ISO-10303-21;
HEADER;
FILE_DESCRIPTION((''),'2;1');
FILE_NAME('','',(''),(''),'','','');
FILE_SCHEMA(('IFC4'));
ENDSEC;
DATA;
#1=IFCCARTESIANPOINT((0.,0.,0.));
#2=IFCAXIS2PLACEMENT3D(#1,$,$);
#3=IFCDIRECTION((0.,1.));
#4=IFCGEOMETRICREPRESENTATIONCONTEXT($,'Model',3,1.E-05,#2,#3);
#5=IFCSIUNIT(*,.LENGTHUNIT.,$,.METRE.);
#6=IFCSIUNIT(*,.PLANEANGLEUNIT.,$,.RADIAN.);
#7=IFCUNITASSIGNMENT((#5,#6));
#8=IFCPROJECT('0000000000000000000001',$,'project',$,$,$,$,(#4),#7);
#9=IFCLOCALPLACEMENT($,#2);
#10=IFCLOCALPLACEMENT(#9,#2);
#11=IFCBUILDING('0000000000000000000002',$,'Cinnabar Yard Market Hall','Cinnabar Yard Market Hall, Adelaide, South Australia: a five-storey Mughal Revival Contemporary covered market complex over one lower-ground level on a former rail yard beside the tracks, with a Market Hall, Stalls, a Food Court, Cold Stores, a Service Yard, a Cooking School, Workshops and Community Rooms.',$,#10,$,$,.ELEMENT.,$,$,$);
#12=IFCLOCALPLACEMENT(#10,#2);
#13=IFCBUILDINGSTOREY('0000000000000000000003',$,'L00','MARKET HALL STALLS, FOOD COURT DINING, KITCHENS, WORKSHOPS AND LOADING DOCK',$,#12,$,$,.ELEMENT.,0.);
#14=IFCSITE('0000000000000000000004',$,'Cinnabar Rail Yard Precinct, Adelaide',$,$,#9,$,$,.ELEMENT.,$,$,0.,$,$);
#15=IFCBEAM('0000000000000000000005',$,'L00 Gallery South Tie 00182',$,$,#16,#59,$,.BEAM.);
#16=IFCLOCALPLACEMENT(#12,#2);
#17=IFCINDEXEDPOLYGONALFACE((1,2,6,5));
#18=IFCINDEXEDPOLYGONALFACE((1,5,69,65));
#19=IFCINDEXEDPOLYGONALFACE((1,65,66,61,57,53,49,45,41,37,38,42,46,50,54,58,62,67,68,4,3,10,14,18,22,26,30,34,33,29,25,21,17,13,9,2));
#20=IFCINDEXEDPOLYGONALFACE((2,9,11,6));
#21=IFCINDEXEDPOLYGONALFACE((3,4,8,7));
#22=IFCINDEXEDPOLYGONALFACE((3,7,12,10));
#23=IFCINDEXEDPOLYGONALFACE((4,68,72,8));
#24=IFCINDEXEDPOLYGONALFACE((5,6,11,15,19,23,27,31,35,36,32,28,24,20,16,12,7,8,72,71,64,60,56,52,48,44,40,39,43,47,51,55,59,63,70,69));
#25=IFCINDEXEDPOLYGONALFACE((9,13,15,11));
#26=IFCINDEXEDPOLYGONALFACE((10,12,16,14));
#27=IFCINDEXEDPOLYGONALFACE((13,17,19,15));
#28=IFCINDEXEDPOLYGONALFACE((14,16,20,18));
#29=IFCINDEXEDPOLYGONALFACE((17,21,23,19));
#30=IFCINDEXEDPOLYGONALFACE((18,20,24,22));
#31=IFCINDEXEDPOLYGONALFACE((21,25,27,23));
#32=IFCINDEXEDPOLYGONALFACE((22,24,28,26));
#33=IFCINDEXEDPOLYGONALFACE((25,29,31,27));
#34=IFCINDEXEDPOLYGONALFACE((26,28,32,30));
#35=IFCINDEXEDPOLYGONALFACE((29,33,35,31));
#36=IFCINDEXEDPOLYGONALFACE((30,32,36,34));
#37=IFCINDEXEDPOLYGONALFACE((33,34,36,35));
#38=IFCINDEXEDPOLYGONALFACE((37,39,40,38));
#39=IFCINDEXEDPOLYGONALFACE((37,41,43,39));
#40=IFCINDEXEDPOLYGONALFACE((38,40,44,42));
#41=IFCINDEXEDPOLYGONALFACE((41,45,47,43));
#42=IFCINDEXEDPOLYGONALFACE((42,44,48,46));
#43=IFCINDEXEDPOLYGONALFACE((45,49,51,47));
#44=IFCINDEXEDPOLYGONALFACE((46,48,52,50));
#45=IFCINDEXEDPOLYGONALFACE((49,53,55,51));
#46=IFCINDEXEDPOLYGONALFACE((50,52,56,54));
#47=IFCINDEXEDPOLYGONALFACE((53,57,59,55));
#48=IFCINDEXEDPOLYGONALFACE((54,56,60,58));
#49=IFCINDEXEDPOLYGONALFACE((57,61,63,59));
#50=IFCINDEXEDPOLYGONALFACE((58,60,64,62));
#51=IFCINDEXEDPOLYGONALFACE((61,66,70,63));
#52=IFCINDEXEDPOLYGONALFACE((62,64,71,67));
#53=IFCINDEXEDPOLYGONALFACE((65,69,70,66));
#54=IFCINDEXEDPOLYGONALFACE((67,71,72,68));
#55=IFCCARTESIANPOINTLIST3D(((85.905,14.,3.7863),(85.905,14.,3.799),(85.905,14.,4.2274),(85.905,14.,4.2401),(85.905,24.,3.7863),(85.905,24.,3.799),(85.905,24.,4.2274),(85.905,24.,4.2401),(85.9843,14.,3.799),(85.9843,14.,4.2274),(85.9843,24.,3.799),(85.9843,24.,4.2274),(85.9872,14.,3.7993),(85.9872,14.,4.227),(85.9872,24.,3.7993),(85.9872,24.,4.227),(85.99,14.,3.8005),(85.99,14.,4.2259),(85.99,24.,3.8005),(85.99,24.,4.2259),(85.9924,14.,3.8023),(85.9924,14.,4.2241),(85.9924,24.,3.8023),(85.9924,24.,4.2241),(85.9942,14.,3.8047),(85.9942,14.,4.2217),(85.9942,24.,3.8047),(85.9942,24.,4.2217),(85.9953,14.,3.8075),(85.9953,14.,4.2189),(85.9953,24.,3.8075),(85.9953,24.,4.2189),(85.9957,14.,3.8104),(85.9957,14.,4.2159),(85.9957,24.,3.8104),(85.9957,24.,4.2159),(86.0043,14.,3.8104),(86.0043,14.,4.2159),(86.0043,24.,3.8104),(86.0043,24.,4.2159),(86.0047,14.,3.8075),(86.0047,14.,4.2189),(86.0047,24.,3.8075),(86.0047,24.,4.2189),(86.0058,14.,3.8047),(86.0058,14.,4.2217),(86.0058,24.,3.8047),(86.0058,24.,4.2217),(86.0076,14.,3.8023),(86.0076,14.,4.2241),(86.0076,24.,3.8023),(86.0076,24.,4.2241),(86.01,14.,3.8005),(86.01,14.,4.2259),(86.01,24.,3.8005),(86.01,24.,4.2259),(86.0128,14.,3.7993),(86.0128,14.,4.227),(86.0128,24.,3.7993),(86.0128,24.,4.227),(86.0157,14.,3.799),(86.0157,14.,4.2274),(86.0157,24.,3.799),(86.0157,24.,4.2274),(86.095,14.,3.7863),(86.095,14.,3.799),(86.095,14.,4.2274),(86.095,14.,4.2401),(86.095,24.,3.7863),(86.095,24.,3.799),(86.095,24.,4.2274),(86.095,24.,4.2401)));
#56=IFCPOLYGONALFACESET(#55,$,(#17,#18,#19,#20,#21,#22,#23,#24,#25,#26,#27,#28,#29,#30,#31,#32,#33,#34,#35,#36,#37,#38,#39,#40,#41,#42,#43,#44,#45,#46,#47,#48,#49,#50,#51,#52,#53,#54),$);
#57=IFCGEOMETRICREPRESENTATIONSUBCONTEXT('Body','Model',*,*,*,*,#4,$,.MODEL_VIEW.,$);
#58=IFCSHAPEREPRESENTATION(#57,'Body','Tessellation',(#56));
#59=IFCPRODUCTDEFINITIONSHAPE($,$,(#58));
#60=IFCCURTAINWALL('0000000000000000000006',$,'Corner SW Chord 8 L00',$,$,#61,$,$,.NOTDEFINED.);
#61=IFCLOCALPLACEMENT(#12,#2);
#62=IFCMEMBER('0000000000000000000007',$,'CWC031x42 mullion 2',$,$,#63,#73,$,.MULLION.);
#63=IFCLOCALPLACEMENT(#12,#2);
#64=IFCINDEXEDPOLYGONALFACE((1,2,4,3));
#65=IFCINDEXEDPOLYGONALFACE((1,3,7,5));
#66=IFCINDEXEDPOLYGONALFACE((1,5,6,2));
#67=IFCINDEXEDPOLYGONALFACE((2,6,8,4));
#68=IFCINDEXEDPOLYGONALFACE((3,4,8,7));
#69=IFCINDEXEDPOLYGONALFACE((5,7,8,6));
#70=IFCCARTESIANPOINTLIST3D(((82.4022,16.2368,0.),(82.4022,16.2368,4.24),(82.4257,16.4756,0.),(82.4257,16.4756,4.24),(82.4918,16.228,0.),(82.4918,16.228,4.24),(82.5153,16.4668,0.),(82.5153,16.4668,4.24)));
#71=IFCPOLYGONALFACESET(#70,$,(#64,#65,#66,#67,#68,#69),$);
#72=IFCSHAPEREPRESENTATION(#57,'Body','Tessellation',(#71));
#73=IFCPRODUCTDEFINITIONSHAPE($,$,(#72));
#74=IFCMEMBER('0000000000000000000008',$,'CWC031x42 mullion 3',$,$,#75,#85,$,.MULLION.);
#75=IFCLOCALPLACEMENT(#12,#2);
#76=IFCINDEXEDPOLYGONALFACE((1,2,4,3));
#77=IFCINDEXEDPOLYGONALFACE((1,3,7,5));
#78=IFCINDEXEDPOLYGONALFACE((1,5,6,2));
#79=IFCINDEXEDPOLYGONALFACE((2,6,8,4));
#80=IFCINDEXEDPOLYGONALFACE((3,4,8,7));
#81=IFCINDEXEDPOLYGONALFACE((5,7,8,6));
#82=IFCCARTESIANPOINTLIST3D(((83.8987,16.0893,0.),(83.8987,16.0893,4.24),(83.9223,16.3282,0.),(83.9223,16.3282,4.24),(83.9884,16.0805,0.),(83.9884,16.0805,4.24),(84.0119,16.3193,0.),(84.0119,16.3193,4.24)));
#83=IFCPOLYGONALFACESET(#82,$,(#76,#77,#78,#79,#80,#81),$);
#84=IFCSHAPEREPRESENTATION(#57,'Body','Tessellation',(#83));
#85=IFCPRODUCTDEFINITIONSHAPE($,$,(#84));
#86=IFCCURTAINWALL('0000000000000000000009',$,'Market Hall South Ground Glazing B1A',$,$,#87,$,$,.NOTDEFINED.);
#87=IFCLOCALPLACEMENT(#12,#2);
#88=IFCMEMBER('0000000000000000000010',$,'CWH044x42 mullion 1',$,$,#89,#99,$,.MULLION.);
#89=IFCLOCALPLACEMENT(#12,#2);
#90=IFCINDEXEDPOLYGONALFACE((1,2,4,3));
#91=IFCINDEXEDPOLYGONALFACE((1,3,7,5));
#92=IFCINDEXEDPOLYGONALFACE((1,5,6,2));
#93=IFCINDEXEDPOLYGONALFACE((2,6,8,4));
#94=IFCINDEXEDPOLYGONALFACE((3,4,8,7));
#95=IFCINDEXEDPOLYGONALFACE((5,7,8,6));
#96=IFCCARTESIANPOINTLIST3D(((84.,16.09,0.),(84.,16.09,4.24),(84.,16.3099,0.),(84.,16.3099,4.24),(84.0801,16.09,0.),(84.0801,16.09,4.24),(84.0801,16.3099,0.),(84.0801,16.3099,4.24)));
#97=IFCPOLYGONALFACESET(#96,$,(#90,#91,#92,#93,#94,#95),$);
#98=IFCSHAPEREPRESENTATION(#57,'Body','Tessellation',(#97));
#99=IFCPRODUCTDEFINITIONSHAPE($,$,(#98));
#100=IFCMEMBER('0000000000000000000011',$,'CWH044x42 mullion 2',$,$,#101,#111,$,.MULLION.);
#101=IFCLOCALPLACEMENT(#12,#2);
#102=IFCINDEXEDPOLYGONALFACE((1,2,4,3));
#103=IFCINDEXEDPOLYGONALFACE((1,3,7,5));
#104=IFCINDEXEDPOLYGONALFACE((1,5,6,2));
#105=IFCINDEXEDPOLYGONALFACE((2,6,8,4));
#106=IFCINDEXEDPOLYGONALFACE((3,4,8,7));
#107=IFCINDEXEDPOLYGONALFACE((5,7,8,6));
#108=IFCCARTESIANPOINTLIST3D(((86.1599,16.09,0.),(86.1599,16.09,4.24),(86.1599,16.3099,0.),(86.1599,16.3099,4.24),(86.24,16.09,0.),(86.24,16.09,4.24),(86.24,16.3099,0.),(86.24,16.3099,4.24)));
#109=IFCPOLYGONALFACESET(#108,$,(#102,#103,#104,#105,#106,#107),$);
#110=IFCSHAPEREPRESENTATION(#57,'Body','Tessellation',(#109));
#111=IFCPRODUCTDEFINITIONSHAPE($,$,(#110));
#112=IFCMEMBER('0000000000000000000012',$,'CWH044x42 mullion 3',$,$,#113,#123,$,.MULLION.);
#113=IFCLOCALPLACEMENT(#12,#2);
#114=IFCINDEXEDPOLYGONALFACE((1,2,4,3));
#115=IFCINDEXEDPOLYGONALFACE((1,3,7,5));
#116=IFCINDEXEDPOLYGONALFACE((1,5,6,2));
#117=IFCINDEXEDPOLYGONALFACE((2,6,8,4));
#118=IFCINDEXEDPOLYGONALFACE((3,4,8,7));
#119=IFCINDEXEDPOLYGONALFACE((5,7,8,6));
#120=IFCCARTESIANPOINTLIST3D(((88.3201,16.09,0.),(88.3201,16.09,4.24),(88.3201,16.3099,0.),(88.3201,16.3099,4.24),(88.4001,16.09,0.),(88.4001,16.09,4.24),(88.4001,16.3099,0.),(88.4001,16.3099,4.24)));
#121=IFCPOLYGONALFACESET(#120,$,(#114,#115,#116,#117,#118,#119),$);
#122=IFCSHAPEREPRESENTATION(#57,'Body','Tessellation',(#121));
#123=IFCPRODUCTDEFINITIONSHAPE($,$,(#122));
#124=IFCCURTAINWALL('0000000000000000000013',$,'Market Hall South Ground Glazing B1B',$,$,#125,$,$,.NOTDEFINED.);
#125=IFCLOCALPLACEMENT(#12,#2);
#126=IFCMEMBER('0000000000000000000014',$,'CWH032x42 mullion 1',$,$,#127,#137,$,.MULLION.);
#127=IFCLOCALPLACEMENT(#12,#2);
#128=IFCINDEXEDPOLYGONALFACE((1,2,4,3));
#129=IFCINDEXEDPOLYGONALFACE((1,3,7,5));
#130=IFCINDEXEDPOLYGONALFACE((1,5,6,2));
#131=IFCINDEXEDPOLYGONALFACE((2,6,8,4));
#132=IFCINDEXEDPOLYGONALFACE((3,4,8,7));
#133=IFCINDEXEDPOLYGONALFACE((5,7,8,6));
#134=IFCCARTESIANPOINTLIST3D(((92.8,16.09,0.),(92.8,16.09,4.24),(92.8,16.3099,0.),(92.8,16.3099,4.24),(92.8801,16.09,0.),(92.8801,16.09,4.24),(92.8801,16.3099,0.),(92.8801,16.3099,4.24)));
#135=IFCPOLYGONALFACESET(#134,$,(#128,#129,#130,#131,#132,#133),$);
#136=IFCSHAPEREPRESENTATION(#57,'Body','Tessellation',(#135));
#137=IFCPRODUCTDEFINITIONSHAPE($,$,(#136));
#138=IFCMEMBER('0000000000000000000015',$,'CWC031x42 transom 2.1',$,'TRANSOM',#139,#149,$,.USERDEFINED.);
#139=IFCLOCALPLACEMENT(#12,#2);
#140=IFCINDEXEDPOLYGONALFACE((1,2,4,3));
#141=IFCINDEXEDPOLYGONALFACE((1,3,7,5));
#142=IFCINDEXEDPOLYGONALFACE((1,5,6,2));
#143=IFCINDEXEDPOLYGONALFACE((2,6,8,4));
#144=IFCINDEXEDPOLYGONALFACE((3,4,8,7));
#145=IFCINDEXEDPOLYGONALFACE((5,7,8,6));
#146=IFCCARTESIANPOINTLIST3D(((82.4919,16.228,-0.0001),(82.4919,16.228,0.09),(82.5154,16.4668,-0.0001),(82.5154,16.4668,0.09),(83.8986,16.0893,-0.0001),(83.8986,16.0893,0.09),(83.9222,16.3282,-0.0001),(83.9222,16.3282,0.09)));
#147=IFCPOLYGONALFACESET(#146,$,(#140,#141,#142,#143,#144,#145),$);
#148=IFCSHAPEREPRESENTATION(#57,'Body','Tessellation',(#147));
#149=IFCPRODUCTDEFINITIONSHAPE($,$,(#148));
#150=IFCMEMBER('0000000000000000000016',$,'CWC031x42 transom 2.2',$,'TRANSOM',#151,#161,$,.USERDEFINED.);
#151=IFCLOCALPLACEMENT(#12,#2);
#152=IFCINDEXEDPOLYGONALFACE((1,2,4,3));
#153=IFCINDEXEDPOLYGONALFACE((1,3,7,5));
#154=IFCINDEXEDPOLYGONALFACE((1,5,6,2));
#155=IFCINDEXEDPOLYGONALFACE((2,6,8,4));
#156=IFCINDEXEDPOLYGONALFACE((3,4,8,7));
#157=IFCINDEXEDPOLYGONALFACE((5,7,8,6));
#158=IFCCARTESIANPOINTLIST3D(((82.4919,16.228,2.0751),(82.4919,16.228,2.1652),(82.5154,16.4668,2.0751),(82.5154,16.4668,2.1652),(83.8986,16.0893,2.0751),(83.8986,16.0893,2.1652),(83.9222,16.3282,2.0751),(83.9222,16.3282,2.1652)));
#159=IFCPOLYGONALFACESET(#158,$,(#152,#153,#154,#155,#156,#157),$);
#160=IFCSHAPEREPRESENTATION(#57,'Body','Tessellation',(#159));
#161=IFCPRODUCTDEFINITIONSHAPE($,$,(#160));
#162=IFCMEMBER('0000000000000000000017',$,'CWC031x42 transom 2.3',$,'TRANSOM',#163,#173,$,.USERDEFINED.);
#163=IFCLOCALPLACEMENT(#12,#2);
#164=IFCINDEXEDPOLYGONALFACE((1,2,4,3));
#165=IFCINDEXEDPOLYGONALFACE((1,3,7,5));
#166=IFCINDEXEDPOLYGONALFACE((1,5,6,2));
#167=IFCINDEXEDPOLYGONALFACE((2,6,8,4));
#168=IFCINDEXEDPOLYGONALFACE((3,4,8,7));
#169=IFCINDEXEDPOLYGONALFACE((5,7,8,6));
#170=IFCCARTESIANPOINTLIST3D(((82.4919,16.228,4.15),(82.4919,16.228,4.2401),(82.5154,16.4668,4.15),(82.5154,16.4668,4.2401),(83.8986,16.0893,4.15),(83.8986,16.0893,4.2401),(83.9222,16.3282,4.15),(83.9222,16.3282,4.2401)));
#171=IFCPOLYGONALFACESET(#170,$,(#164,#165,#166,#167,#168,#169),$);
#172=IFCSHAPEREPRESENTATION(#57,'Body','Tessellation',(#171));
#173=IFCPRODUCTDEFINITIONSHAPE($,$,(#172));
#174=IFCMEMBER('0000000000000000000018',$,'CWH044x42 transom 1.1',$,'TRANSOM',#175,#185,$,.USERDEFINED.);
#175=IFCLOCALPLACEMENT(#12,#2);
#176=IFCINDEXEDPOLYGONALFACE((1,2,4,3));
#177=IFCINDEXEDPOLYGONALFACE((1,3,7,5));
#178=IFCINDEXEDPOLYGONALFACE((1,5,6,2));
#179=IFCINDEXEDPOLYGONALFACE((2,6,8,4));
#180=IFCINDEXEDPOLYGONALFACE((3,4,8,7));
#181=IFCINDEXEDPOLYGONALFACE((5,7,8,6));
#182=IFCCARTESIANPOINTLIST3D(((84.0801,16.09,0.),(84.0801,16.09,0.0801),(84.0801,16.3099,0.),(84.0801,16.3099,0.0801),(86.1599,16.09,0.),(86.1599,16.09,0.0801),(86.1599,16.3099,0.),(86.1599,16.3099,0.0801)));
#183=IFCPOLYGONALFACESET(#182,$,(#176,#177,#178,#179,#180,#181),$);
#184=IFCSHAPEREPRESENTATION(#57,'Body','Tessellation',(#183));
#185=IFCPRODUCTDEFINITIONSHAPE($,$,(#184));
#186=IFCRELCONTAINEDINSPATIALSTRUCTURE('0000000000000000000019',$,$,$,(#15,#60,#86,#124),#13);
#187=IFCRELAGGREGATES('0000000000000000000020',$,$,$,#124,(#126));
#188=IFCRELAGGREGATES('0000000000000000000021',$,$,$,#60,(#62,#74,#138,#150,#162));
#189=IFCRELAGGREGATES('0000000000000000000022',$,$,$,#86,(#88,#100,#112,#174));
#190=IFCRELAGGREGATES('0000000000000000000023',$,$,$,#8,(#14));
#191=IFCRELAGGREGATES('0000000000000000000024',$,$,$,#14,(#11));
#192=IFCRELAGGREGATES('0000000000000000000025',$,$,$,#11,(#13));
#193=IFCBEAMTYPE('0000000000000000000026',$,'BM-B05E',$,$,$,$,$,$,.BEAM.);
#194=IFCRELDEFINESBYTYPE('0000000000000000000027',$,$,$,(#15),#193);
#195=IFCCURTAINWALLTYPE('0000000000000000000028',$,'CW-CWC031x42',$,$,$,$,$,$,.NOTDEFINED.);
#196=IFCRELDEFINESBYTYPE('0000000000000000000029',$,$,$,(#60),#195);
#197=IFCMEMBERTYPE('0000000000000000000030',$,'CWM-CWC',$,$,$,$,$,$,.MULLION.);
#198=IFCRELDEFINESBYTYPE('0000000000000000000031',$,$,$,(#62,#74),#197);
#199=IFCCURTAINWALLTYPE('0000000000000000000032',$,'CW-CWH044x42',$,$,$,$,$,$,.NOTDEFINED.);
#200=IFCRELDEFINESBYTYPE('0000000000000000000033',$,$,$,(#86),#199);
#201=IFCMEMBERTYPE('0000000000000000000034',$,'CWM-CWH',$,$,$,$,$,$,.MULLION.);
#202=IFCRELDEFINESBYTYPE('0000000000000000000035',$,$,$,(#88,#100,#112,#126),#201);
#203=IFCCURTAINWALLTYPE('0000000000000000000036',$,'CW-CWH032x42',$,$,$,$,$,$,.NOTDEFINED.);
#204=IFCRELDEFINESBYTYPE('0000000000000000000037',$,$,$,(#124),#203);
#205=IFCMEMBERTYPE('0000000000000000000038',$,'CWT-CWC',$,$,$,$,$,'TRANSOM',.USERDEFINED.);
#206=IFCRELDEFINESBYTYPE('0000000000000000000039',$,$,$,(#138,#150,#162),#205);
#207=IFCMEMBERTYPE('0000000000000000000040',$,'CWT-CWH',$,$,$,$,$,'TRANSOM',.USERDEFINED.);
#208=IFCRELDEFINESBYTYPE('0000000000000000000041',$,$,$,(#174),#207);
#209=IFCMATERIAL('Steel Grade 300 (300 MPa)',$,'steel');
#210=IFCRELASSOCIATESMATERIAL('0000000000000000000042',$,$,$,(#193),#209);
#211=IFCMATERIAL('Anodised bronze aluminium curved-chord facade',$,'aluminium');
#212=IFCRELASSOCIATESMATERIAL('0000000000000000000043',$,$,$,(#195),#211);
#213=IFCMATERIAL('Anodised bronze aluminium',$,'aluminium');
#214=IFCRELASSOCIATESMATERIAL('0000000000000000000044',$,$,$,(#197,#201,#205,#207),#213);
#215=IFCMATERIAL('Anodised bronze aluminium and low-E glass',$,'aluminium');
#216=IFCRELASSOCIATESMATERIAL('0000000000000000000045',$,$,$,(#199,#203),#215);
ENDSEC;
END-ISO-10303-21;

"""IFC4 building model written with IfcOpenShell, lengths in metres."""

from ifc_helpers import new_model, si_unit, direction, frame, origin, origin_2d_with_axis, place, context, subcontext, project, spatial, rectangle, i_section, extrude, material, material_profile, profile_set, type_object, element, aggregate, save


model = new_model("IFC4")

# Units and contexts
model_context = context("Model", 3, precision=1e-05, world=origin(), true_north=direction((0.0, 1.0)))
body_context = subcontext(model_context, "Body", "Model", "MODEL_VIEW")
ifc_project = project(units=[si_unit("LENGTHUNIT", "METRE"), si_unit("PLANEANGLEUNIT", "RADIAN")], contexts=[model_context])

# Site, building, storey
site_placement = place(None, origin())
site = spatial("IfcSite", under=ifc_project, at=site_placement, Name="Cinnabar Rail Yard Precinct, Adelaide", CompositionType="ELEMENT", RefElevation=0.0)
building_placement = place(site_placement, origin())
building = spatial("IfcBuilding", under=site, at=building_placement, Name="Cinnabar Yard Market Hall", Description="Cinnabar Yard Market Hall, Adelaide, South Australia: a five-storey Mughal Revival Contemporary covered market complex over one lower-ground level on a former rail yard beside the tracks, with a Market Hall, Stalls, a Food Court, Cold Stores, a Service Yard, a Cooking School, Workshops and Community Rooms.", CompositionType="ELEMENT")
storey_placement = place(building_placement, origin())
storey = spatial("IfcBuildingStorey", under=building, at=storey_placement, Name="L00", Description="MARKET HALL STALLS, FOOD COURT DINING, KITCHENS, WORKSHOPS AND LOADING DOCK", CompositionType="ELEMENT", Elevation=0.0)

# Beam
ifc_material_1 = material(Name="Steel Grade 300 (300 MPa)", Category="steel")
ifc_material_profile_1 = material_profile(ifc_material_1, i_section(OverallWidth=0.1899, OverallDepth=0.4539, WebThickness=0.0085, FlangeThickness=0.0127, FilletRadius=0.0115, at=origin_2d_with_axis()), Name="460UB67.1")
ifc_profile_set_1 = profile_set([ifc_material_profile_1], Name="Steel Grade 300 (300 MPa)")
beam_type_1 = type_object("IfcBeamType", Name="BM-B05E", PredefinedType="BEAM", material=ifc_profile_set_1)
beam_1_placement = place(storey_placement, frame((86.0, 24.0, 4.0132), z_axis=(0.0, -1.0, 0.0), x_axis=(1.0, 0.0, 0.0)))
element("IfcBeam", 1, at=beam_1_placement, inside=storey, type_object=beam_type_1, Name="L00 Gallery South Tie 00182", PredefinedType="BEAM", context=body_context, shape_type="SweptSolid", body=[
    extrude(i_section(OverallWidth=0.1899, OverallDepth=0.4539, WebThickness=0.0085, FlangeThickness=0.0127, FilletRadius=0.0115, at=origin_2d_with_axis()), origin(), (0.0, 0.0, 1.0), 10.0),
])

# Curtain walls, members
ifc_material_2 = material(Name="Anodised bronze aluminium curved-chord facade", Category="aluminium")
curtain_wall_type_1 = type_object("IfcCurtainWallType", Name="CW-CWC031x42", PredefinedType="NOTDEFINED", material=ifc_material_2)
curtain_wall_1_placement = place(storey_placement, origin())
curtain_wall_1 = element("IfcCurtainWall", 2, at=curtain_wall_1_placement, inside=storey, type_object=curtain_wall_type_1, Name="Corner SW Chord 8 L00", PredefinedType="NOTDEFINED")
ifc_material_3 = material(Name="Anodised bronze aluminium", Category="aluminium")
ifc_material_profile_2 = material_profile(ifc_material_3, rectangle(XDim=0.24, YDim=0.0901, at=origin_2d_with_axis()), Name="MUL-CWC")
ifc_profile_set_2 = profile_set([ifc_material_profile_2], Name="Anodised bronze aluminium")
member_type_1 = type_object("IfcMemberType", Name="CWM-CWC", PredefinedType="MULLION", material=ifc_profile_set_2)
member_1_placement = place(storey_placement, frame((82.4587, 16.3518, 0.0), z_axis=(0.0, 0.0, 1.0), x_axis=(0.09802, 0.995184, 0.0)))
member_1 = element("IfcMember", 3, at=member_1_placement, type_object=member_type_1, Name="CWC031x42 mullion 2", PredefinedType="MULLION", context=body_context, shape_type="SweptSolid", body=[
    extrude(rectangle(XDim=0.24, YDim=0.0901, at=origin_2d_with_axis()), origin(), (0.0, 0.0, 1.0), 4.24),
])
member_2_placement = place(storey_placement, frame((83.9553, 16.2043, 0.0), z_axis=(0.0, 0.0, 1.0), x_axis=(0.09802, 0.995184, 0.0)))
member_2 = element("IfcMember", 4, at=member_2_placement, type_object=member_type_1, Name="CWC031x42 mullion 3", PredefinedType="MULLION", context=body_context, shape_type="SweptSolid", body=[
    extrude(rectangle(XDim=0.24, YDim=0.0901, at=origin_2d_with_axis()), origin(), (0.0, 0.0, 1.0), 4.24),
])
ifc_material_4 = material(Name="Anodised bronze aluminium and low-E glass", Category="aluminium")
curtain_wall_type_2 = type_object("IfcCurtainWallType", Name="CW-CWH044x42", PredefinedType="NOTDEFINED", material=ifc_material_4)
curtain_wall_2_placement = place(storey_placement, origin())
curtain_wall_2 = element("IfcCurtainWall", 5, at=curtain_wall_2_placement, inside=storey, type_object=curtain_wall_type_2, Name="Market Hall South Ground Glazing B1A", PredefinedType="NOTDEFINED")
ifc_material_profile_3 = material_profile(ifc_material_3, rectangle(XDim=0.22, YDim=0.0801, at=origin_2d_with_axis()), Name="MUL-CWH")
ifc_profile_set_3 = profile_set([ifc_material_profile_3], Name="Anodised bronze aluminium")
member_type_2 = type_object("IfcMemberType", Name="CWM-CWH", PredefinedType="MULLION", material=ifc_profile_set_3)
member_3_placement = place(storey_placement, frame((84.04, 16.2, 0.0), z_axis=(0.0, 0.0, 1.0), x_axis=(0.0, 1.0, 0.0)))
member_3 = element("IfcMember", 6, at=member_3_placement, type_object=member_type_2, Name="CWH044x42 mullion 1", PredefinedType="MULLION", context=body_context, shape_type="SweptSolid", body=[
    extrude(rectangle(XDim=0.22, YDim=0.0801, at=origin_2d_with_axis()), origin(), (0.0, 0.0, 1.0), 4.24),
])
member_4_placement = place(storey_placement, frame((86.2, 16.2, 0.0), z_axis=(0.0, 0.0, 1.0), x_axis=(0.0, 1.0, 0.0)))
member_4 = element("IfcMember", 7, at=member_4_placement, type_object=member_type_2, Name="CWH044x42 mullion 2", PredefinedType="MULLION", context=body_context, shape_type="SweptSolid", body=[
    extrude(rectangle(XDim=0.22, YDim=0.0801, at=origin_2d_with_axis()), origin(), (0.0, 0.0, 1.0), 4.24),
])
member_5_placement = place(storey_placement, frame((88.3601, 16.2, 0.0), z_axis=(0.0, 0.0, 1.0), x_axis=(0.0, 1.0, 0.0)))
member_5 = element("IfcMember", 8, at=member_5_placement, type_object=member_type_2, Name="CWH044x42 mullion 3", PredefinedType="MULLION", context=body_context, shape_type="SweptSolid", body=[
    extrude(rectangle(XDim=0.22, YDim=0.0801, at=origin_2d_with_axis()), origin(), (0.0, 0.0, 1.0), 4.24),
])

# Curtain wall, member
curtain_wall_type_3 = type_object("IfcCurtainWallType", Name="CW-CWH032x42", PredefinedType="NOTDEFINED", material=ifc_material_4)
curtain_wall_3_placement = place(storey_placement, origin())
curtain_wall_3 = element("IfcCurtainWall", 9, at=curtain_wall_3_placement, inside=storey, type_object=curtain_wall_type_3, Name="Market Hall South Ground Glazing B1B", PredefinedType="NOTDEFINED")
member_6_placement = place(storey_placement, frame((92.8401, 16.2, 0.0), z_axis=(0.0, 0.0, 1.0), x_axis=(0.0, 1.0, 0.0)))
member_6 = element("IfcMember", 10, at=member_6_placement, type_object=member_type_2, Name="CWH032x42 mullion 1", PredefinedType="MULLION", context=body_context, shape_type="SweptSolid", body=[
    extrude(rectangle(XDim=0.22, YDim=0.0801, at=origin_2d_with_axis()), origin(), (0.0, 0.0, 1.0), 4.24),
])

# Members
ifc_material_profile_4 = material_profile(ifc_material_3, rectangle(XDim=0.24, YDim=0.0901, at=origin_2d_with_axis()), Name="TRN-CWC")
ifc_profile_set_4 = profile_set([ifc_material_profile_4], Name="Anodised bronze aluminium")
member_type_3 = type_object("IfcMemberType", Name="CWT-CWC", ElementType="TRANSOM", PredefinedType="USERDEFINED", material=ifc_profile_set_4)
member_7_placement = place(storey_placement, frame((82.5037, 16.3474, 0.0449), z_axis=(0.995176, -0.098101, 0.0), x_axis=(0.098101, 0.995176, 0.0)))
member_7 = element("IfcMember", 11, at=member_7_placement, type_object=member_type_3, Name="CWC031x42 transom 2.1", ObjectType="TRANSOM", PredefinedType="USERDEFINED", context=body_context, shape_type="SweptSolid", body=[
    extrude(rectangle(XDim=0.24, YDim=0.0901, at=origin_2d_with_axis()), origin(), (0.0, 0.0, 1.0), 1.4136),
])
member_8_placement = place(storey_placement, frame((82.5037, 16.3474, 2.1201), z_axis=(0.995176, -0.098101, 0.0), x_axis=(0.098101, 0.995176, 0.0)))
member_8 = element("IfcMember", 12, at=member_8_placement, type_object=member_type_3, Name="CWC031x42 transom 2.2", ObjectType="TRANSOM", PredefinedType="USERDEFINED", context=body_context, shape_type="SweptSolid", body=[
    extrude(rectangle(XDim=0.24, YDim=0.0901, at=origin_2d_with_axis()), origin(), (0.0, 0.0, 1.0), 1.4136),
])
member_9_placement = place(storey_placement, frame((82.5037, 16.3474, 4.1951), z_axis=(0.995176, -0.098101, 0.0), x_axis=(0.098101, 0.995176, 0.0)))
member_9 = element("IfcMember", 13, at=member_9_placement, type_object=member_type_3, Name="CWC031x42 transom 2.3", ObjectType="TRANSOM", PredefinedType="USERDEFINED", context=body_context, shape_type="SweptSolid", body=[
    extrude(rectangle(XDim=0.24, YDim=0.0901, at=origin_2d_with_axis()), origin(), (0.0, 0.0, 1.0), 1.4136),
])
ifc_material_profile_5 = material_profile(ifc_material_3, rectangle(XDim=0.22, YDim=0.0801, at=origin_2d_with_axis()), Name="TRN-CWH")
ifc_profile_set_5 = profile_set([ifc_material_profile_5], Name="Anodised bronze aluminium")
member_type_4 = type_object("IfcMemberType", Name="CWT-CWH", ElementType="TRANSOM", PredefinedType="USERDEFINED", material=ifc_profile_set_5)
member_10_placement = place(storey_placement, frame((84.0801, 16.2, 0.04), z_axis=(1.0, 0.0, 0.0), x_axis=(0.0, 1.0, 0.0)))
member_10 = element("IfcMember", 14, at=member_10_placement, type_object=member_type_4, Name="CWH044x42 transom 1.1", ObjectType="TRANSOM", PredefinedType="USERDEFINED", context=body_context, shape_type="SweptSolid", body=[
    extrude(rectangle(XDim=0.22, YDim=0.0801, at=origin_2d_with_axis()), origin(), (0.0, 0.0, 1.0), 2.0798),
])
aggregate(curtain_wall_3, [member_6])

aggregate(curtain_wall_1, [member_1, member_2, member_7, member_8, member_9])
aggregate(curtain_wall_2, [member_3, member_4, member_5, member_10])

save(model, "model.ifc")
